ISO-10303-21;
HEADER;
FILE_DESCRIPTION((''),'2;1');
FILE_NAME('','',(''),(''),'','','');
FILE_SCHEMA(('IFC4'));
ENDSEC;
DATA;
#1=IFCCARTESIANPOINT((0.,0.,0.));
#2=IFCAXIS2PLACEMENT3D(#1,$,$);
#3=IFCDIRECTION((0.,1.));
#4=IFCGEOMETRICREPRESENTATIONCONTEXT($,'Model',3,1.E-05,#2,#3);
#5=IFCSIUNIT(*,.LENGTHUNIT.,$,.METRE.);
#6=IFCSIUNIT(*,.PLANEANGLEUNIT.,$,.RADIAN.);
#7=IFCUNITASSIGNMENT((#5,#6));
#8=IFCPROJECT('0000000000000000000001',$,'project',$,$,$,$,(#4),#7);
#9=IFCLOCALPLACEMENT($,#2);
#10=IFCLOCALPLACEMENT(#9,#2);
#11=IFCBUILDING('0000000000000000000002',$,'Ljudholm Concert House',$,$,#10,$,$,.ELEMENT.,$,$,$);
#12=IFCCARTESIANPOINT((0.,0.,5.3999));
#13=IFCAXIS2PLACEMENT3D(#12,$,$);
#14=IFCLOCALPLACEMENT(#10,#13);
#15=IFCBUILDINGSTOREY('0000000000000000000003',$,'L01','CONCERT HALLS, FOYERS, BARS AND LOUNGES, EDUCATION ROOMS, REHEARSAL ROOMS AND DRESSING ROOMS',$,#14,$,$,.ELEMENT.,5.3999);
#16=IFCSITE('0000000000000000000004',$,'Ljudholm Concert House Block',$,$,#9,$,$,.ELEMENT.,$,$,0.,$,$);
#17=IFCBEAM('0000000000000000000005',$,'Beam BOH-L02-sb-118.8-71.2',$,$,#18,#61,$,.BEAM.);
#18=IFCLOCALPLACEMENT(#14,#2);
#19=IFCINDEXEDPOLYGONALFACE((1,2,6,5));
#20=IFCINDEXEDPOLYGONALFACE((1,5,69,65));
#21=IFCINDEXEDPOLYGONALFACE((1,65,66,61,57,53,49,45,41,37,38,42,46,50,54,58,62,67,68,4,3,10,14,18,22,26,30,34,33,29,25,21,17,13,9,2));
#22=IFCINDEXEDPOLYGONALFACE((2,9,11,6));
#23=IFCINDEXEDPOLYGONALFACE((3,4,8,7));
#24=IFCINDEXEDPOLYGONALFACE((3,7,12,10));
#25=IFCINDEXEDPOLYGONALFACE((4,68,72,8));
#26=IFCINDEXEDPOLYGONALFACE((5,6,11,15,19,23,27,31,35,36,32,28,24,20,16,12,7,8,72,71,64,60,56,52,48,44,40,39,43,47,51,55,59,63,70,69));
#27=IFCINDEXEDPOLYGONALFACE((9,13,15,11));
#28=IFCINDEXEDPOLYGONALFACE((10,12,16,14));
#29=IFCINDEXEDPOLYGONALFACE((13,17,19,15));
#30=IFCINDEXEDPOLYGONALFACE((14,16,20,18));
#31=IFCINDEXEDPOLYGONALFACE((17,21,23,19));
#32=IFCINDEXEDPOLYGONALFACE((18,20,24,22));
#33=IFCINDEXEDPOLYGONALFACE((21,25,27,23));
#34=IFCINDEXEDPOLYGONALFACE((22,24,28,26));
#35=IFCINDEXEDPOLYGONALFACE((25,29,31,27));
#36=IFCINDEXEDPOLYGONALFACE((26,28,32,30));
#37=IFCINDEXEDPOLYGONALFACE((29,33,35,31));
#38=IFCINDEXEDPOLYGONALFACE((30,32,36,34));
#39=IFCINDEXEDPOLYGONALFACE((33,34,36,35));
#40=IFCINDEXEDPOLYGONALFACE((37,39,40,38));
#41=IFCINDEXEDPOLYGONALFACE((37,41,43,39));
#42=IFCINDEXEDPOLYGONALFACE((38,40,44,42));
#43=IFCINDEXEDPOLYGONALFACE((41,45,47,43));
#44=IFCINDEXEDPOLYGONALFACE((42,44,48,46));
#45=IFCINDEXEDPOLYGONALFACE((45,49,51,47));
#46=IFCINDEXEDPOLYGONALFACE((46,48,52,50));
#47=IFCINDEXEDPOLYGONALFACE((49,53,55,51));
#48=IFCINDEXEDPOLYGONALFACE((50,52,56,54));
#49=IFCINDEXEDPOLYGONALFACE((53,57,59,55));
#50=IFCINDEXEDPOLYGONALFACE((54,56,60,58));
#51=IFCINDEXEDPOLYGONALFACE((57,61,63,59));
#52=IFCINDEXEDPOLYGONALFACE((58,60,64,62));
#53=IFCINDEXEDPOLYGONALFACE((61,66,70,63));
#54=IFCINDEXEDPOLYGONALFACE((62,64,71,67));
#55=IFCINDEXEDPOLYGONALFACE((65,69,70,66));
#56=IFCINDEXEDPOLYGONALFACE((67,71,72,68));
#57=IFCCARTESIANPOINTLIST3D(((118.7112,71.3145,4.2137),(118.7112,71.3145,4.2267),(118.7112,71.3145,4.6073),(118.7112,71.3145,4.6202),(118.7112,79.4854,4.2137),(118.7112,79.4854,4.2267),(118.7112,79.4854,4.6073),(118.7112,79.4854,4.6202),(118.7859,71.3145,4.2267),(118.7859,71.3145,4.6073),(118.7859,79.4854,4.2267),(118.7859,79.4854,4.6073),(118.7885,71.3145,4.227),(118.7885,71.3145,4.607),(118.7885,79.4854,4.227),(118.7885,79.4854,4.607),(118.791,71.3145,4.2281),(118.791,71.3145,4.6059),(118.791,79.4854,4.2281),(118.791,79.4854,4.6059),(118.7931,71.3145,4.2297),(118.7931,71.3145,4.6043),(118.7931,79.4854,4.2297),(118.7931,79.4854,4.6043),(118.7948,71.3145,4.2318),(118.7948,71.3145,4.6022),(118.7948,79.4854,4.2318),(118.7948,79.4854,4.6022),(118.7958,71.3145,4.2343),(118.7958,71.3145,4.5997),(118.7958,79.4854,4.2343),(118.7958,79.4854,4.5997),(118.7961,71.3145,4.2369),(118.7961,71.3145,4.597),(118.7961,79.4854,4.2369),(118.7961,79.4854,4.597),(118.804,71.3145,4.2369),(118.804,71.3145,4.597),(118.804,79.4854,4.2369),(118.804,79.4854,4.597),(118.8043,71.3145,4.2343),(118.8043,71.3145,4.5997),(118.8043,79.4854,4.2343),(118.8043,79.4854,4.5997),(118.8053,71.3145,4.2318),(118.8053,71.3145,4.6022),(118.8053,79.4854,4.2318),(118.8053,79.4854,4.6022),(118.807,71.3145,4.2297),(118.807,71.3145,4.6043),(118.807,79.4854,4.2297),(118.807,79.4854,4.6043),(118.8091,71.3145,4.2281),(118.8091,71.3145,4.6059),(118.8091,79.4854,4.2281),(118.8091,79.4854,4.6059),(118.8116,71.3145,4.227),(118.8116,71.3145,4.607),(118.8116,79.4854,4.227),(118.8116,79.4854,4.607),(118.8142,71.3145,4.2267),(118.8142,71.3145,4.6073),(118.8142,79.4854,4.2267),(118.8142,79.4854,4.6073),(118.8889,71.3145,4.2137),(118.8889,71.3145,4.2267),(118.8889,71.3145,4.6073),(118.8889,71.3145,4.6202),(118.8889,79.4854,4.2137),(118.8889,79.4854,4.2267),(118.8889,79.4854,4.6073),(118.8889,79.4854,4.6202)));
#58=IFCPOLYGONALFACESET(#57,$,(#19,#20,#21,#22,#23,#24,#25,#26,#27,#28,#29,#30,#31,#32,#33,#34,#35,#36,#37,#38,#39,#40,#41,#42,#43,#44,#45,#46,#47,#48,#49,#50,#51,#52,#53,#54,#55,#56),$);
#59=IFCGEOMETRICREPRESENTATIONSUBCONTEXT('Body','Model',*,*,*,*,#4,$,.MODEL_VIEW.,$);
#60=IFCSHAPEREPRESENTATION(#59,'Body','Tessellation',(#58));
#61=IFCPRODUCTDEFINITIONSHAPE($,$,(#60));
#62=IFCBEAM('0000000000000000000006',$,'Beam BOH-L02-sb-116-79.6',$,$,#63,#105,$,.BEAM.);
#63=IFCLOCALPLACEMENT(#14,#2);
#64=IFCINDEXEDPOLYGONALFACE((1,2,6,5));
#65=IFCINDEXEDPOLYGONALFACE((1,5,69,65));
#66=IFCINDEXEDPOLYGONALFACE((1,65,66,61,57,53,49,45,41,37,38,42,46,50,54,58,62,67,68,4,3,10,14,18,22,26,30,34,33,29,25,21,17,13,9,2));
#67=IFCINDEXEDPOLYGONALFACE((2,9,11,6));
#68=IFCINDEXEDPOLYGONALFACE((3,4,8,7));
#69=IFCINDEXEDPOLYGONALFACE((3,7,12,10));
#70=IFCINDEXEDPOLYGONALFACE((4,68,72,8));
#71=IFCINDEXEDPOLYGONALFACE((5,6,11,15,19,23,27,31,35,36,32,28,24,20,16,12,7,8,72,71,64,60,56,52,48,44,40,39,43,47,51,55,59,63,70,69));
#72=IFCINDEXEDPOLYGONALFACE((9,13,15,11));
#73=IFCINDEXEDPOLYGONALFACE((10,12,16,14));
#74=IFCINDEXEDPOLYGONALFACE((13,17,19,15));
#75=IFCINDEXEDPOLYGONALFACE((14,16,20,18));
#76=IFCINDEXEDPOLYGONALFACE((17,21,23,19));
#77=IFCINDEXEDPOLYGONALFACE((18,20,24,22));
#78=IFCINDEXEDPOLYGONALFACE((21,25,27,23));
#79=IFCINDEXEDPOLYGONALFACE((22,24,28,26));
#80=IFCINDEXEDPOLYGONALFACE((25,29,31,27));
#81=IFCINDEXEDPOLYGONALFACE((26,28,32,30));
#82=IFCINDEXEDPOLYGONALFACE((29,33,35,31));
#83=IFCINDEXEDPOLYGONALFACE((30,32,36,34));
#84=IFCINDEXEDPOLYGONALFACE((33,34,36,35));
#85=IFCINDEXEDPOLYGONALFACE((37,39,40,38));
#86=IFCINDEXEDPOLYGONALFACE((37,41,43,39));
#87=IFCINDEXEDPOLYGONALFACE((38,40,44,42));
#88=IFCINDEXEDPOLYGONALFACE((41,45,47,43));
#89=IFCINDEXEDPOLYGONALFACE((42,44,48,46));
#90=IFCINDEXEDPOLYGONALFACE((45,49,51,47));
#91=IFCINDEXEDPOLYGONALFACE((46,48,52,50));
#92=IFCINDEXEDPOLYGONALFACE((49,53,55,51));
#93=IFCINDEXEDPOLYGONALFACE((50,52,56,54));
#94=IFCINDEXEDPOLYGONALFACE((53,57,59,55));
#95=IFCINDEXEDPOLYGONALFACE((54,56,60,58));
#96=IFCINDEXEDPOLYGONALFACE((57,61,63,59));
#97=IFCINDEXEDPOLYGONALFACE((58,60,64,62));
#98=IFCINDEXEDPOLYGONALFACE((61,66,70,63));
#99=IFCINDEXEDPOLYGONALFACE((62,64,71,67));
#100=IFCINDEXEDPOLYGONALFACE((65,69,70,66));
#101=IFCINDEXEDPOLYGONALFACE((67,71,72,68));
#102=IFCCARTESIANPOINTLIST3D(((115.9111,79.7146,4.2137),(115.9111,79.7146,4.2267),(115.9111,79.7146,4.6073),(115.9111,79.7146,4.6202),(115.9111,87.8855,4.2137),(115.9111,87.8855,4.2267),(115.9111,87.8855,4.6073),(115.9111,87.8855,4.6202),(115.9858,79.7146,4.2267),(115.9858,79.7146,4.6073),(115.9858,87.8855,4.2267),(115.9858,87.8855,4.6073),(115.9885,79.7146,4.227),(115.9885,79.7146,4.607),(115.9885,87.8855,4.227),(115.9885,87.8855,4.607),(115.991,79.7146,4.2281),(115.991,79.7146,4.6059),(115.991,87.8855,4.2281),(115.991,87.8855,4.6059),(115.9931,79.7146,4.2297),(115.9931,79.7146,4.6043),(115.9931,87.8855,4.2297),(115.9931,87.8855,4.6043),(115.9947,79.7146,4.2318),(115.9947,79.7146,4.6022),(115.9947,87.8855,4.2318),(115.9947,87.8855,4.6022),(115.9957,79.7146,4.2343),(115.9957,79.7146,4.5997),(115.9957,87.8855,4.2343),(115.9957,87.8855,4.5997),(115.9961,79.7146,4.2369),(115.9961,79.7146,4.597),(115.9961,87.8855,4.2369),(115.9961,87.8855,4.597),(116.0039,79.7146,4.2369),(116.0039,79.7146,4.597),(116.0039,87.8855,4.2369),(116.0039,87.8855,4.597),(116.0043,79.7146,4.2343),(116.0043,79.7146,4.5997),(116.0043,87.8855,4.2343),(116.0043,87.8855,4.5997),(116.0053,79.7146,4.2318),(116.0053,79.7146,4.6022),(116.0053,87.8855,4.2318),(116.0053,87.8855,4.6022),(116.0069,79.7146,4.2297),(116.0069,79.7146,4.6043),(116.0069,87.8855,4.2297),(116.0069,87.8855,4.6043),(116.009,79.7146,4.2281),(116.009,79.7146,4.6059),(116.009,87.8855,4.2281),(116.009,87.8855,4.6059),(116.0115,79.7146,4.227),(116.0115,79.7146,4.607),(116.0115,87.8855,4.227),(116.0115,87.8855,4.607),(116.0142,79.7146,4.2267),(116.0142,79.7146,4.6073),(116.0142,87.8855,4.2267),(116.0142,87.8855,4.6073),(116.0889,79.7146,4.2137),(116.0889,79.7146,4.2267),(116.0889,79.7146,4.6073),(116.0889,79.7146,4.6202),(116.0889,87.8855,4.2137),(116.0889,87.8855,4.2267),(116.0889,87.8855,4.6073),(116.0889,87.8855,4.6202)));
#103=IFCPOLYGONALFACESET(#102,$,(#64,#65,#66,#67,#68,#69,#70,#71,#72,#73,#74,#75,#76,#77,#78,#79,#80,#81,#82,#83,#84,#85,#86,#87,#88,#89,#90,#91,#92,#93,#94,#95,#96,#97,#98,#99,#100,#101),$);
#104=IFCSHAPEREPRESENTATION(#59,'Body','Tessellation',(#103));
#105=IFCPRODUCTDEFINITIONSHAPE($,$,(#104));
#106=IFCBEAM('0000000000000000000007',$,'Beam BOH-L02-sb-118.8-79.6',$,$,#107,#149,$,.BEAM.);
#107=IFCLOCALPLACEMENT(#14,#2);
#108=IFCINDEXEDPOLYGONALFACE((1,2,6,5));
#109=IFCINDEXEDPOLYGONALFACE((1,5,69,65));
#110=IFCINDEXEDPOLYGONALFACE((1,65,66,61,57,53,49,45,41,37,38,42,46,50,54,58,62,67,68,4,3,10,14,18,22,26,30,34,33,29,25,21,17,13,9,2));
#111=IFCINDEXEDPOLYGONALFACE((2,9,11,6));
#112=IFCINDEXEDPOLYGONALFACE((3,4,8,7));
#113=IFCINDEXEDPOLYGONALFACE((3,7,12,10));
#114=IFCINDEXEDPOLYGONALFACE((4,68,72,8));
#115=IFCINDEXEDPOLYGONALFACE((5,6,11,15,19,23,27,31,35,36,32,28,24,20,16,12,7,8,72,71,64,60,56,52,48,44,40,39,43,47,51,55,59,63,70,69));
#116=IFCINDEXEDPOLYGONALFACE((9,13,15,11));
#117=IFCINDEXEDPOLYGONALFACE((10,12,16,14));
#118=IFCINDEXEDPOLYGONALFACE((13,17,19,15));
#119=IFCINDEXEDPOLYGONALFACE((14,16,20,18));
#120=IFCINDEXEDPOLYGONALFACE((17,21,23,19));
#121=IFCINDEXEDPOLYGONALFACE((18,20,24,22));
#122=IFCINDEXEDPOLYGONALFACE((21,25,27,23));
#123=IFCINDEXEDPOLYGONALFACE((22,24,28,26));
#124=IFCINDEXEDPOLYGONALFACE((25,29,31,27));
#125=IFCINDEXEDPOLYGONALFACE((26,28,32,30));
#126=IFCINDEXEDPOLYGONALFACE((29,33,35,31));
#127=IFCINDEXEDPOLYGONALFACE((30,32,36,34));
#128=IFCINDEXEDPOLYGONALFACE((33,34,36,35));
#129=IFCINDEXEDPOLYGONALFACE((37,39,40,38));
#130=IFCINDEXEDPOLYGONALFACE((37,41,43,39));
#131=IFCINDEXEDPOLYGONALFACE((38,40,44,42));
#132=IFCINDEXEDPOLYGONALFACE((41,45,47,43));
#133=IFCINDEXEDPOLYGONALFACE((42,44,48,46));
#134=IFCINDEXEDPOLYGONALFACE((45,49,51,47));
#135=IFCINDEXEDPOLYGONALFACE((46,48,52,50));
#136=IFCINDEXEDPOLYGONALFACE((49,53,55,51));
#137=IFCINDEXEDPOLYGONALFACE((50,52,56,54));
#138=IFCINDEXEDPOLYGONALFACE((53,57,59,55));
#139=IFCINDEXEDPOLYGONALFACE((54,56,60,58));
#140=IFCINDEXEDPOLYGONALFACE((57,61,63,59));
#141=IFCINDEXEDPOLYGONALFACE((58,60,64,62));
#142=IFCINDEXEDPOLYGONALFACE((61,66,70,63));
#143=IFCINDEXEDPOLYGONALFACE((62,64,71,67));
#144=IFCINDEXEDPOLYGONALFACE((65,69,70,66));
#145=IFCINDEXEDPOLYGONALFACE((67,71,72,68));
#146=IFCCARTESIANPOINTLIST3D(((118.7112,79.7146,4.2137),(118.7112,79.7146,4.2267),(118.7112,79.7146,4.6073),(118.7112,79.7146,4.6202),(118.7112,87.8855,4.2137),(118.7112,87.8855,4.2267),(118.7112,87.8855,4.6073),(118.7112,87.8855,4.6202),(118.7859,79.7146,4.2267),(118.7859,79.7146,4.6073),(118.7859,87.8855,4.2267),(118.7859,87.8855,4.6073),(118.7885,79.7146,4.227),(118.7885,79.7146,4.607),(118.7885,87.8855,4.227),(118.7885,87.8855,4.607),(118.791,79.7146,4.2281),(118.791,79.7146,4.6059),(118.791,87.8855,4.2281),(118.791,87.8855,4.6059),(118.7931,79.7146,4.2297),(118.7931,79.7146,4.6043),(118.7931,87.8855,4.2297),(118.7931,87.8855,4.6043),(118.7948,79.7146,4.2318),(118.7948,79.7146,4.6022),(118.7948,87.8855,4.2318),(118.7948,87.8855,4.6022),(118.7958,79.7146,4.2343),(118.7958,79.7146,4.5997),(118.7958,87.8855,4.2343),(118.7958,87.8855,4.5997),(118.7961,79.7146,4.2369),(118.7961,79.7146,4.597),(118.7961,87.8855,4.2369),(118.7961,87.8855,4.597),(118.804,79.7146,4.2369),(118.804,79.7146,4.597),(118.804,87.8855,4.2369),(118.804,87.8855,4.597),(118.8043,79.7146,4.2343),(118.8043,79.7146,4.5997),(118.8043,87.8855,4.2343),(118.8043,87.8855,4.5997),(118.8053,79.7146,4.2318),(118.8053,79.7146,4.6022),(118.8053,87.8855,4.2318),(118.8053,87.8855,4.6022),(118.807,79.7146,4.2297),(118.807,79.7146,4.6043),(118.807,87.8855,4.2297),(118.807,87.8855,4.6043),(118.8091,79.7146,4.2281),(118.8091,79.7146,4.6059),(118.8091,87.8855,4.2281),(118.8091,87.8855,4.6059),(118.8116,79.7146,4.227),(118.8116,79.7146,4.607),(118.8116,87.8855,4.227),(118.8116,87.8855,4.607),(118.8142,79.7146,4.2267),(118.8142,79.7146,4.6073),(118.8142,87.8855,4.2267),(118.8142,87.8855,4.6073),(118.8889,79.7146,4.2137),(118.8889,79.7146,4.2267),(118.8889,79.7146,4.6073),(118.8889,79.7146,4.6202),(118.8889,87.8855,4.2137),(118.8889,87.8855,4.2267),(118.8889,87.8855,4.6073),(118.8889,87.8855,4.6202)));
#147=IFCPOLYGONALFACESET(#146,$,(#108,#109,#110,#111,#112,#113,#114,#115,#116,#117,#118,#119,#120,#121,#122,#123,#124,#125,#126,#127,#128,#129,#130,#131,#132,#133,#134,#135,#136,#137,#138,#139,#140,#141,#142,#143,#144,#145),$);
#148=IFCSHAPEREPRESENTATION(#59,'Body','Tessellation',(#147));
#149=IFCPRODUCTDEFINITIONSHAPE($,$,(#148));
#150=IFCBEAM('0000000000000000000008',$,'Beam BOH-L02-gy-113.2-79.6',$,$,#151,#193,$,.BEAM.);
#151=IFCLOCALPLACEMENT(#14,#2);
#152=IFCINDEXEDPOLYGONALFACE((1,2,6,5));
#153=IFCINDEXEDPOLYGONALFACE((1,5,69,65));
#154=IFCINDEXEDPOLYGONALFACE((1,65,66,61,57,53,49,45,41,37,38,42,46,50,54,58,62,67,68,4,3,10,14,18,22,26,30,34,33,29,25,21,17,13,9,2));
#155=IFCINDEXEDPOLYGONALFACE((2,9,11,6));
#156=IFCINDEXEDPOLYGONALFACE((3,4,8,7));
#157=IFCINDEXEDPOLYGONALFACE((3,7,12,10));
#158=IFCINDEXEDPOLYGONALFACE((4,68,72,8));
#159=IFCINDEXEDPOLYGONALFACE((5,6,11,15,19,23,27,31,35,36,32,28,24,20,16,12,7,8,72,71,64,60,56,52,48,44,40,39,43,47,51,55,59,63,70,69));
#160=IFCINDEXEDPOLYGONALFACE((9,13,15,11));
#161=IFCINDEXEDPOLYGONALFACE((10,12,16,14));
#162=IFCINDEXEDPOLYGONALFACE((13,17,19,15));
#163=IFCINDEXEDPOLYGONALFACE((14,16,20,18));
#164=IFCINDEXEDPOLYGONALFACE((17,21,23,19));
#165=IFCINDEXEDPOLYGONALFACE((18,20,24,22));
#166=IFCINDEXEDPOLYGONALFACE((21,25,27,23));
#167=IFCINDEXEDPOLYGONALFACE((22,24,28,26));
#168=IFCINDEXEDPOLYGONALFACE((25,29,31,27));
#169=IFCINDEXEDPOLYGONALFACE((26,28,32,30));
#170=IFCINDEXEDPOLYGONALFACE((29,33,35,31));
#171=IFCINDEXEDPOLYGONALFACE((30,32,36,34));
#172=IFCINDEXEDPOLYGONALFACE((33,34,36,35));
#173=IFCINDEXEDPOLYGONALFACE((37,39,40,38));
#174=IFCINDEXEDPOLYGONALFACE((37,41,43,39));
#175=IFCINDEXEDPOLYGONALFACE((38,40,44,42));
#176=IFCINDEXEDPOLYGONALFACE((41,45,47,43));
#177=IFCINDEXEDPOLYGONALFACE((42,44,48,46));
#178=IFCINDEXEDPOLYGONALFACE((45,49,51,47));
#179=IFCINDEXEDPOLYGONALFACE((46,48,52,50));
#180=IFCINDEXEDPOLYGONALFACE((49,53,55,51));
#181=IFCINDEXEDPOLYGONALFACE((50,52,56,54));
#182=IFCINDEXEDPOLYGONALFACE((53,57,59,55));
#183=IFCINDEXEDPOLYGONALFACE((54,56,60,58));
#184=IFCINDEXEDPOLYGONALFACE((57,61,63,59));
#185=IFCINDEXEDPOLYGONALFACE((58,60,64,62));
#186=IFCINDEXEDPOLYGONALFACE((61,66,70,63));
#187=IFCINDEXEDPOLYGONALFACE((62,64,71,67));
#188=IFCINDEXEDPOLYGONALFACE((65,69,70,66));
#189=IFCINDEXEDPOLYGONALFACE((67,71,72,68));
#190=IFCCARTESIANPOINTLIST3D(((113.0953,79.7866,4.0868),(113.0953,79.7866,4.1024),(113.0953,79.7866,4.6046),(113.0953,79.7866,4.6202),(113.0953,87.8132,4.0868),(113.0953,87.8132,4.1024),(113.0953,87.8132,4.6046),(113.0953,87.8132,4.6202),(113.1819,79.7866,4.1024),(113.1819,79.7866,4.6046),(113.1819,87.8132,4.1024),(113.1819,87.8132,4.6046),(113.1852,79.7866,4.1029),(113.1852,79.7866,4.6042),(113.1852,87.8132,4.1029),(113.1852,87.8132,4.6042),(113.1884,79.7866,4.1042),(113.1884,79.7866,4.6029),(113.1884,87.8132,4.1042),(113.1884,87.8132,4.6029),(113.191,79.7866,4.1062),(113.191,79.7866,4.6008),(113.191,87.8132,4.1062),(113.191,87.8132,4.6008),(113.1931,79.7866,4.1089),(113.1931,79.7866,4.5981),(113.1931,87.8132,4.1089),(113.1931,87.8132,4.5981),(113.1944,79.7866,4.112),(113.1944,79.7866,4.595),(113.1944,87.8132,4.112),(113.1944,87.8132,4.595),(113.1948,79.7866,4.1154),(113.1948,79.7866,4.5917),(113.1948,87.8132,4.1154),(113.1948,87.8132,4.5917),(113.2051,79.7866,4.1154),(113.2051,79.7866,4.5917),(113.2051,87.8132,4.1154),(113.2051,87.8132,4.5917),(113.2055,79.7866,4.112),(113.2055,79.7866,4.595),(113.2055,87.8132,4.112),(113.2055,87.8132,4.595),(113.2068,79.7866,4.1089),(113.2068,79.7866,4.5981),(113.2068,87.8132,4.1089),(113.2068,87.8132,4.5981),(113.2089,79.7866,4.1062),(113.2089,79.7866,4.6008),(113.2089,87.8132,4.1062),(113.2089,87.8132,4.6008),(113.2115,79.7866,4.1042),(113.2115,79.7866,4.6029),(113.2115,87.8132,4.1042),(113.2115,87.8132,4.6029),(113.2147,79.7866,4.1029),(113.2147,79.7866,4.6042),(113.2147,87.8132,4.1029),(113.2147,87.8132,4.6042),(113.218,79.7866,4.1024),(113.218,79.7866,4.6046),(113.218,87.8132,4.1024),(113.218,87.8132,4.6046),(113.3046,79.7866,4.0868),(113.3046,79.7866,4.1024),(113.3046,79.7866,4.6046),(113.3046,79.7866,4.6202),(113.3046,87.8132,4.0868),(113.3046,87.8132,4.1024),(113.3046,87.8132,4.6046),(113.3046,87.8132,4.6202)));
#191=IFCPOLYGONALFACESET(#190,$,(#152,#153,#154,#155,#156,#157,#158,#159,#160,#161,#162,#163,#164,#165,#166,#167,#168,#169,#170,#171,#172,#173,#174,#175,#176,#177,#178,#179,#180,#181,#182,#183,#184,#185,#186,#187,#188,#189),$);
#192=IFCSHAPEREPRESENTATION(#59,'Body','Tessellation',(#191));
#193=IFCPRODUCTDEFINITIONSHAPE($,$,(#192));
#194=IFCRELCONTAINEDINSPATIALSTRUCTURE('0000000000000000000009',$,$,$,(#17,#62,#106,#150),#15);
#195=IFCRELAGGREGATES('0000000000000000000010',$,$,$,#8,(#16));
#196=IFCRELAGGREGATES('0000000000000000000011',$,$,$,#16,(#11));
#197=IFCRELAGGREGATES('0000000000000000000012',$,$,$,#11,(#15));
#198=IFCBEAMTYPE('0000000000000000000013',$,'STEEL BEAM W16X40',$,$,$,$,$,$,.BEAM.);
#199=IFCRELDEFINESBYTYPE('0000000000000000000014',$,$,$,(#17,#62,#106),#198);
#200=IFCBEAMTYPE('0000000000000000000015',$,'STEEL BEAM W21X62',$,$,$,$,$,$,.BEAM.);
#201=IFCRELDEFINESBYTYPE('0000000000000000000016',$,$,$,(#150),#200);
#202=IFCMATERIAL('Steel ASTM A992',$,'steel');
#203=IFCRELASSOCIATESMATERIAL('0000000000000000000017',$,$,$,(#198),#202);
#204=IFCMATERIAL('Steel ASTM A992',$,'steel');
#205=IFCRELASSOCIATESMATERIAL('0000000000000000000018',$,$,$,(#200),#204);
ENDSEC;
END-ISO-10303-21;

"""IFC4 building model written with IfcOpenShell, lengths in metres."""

from ifc_helpers import new_model, si_unit, direction, frame, origin, origin_2d, place, context, subcontext, project, spatial, i_section, extrude, material, material_profile, profile_set, type_object, element, save


model = new_model("IFC4")

# Units and contexts
model_context = context("Model", 3, precision=1e-05, world=origin(), true_north=direction((0.0, 1.0)))
body_context = subcontext(model_context, "Body", "Model", "MODEL_VIEW")
ifc_project = project(units=[si_unit("LENGTHUNIT", "METRE"), si_unit("PLANEANGLEUNIT", "RADIAN")], contexts=[model_context])

# Site, building, storey
site_placement = place(None, origin())
site = spatial("IfcSite", under=ifc_project, at=site_placement, Name="Ljudholm Concert House Block", CompositionType="ELEMENT", RefElevation=0.0)
building_placement = place(site_placement, origin())
building = spatial("IfcBuilding", under=site, at=building_placement, Name="Ljudholm Concert House", CompositionType="ELEMENT")
storey_placement = place(building_placement, frame((0.0, 0.0, 5.3999)))
storey = spatial("IfcBuildingStorey", under=building, at=storey_placement, Name="L01", Description="CONCERT HALLS, FOYERS, BARS AND LOUNGES, EDUCATION ROOMS, REHEARSAL ROOMS AND DRESSING ROOMS", CompositionType="ELEMENT", Elevation=5.3999)

# Beams
ifc_material_1 = material(Name="Steel ASTM A992", Category="steel")
ifc_material_profile_1 = material_profile(ifc_material_1, i_section(OverallWidth=0.1777, OverallDepth=0.4065, WebThickness=0.0078, FlangeThickness=0.0129, FilletRadius=0.0103, at=origin_2d()), Name="W16X40")
ifc_profile_set_1 = profile_set([ifc_material_profile_1], Name="Steel ASTM A992")
beam_type_1 = type_object("IfcBeamType", Name="STEEL BEAM W16X40", PredefinedType="BEAM", material=ifc_profile_set_1)
for number, where, z_axis, x_axis, name in (
    (1, (118.8, 71.3145, 4.417), (0.0, 1.0, 0.0), (-1.0, 0.0, 0.0), "Beam BOH-L02-sb-118.8-71.2"),
    (2, (116.0, 79.7146, 4.417), (0.0, 1.0, 0.0), (-1.0, 0.0, 0.0), "Beam BOH-L02-sb-116-79.6"),
    (3, (118.8, 79.7146, 4.417), (0.0, 1.0, 0.0), (-1.0, 0.0, 0.0), "Beam BOH-L02-sb-118.8-79.6"),
):
    element("IfcBeam", number, at=place(storey_placement, frame(where, z_axis=z_axis, x_axis=x_axis)), inside=storey, type_object=beam_type_1, Name=name, PredefinedType="BEAM", context=body_context, shape_type="SweptSolid", body=[
        extrude(i_section(OverallWidth=0.1777, OverallDepth=0.4065, WebThickness=0.0078, FlangeThickness=0.0129, FilletRadius=0.0103, at=origin_2d()), origin(), (0.0, 0.0, 1.0), 8.1709),
    ])
ifc_material_2 = material(Name="Steel ASTM A992", Category="steel")
ifc_material_profile_2 = material_profile(ifc_material_2, i_section(OverallWidth=0.2092, OverallDepth=0.5334, WebThickness=0.0103, FlangeThickness=0.0156, FilletRadius=0.0129, at=origin_2d()), Name="W21X62")
ifc_profile_set_2 = profile_set([ifc_material_profile_2], Name="Steel ASTM A992")
beam_type_2 = type_object("IfcBeamType", Name="STEEL BEAM W21X62", PredefinedType="BEAM", material=ifc_profile_set_2)
for number, where, z_axis, x_axis, name in (
    (4, (113.2, 79.7866, 4.3535), (0.0, 1.0, 0.0), (-1.0, 0.0, 0.0), "Beam BOH-L02-gy-113.2-79.6"),
):
    element("IfcBeam", number, at=place(storey_placement, frame(where, z_axis=z_axis, x_axis=x_axis)), inside=storey, type_object=beam_type_2, Name=name, PredefinedType="BEAM", context=body_context, shape_type="SweptSolid", body=[
        extrude(i_section(OverallWidth=0.2092, OverallDepth=0.5334, WebThickness=0.0103, FlangeThickness=0.0156, FilletRadius=0.0129, at=origin_2d()), origin(), (0.0, 0.0, 1.0), 8.0266),
    ])

save(model, "model.ifc")
